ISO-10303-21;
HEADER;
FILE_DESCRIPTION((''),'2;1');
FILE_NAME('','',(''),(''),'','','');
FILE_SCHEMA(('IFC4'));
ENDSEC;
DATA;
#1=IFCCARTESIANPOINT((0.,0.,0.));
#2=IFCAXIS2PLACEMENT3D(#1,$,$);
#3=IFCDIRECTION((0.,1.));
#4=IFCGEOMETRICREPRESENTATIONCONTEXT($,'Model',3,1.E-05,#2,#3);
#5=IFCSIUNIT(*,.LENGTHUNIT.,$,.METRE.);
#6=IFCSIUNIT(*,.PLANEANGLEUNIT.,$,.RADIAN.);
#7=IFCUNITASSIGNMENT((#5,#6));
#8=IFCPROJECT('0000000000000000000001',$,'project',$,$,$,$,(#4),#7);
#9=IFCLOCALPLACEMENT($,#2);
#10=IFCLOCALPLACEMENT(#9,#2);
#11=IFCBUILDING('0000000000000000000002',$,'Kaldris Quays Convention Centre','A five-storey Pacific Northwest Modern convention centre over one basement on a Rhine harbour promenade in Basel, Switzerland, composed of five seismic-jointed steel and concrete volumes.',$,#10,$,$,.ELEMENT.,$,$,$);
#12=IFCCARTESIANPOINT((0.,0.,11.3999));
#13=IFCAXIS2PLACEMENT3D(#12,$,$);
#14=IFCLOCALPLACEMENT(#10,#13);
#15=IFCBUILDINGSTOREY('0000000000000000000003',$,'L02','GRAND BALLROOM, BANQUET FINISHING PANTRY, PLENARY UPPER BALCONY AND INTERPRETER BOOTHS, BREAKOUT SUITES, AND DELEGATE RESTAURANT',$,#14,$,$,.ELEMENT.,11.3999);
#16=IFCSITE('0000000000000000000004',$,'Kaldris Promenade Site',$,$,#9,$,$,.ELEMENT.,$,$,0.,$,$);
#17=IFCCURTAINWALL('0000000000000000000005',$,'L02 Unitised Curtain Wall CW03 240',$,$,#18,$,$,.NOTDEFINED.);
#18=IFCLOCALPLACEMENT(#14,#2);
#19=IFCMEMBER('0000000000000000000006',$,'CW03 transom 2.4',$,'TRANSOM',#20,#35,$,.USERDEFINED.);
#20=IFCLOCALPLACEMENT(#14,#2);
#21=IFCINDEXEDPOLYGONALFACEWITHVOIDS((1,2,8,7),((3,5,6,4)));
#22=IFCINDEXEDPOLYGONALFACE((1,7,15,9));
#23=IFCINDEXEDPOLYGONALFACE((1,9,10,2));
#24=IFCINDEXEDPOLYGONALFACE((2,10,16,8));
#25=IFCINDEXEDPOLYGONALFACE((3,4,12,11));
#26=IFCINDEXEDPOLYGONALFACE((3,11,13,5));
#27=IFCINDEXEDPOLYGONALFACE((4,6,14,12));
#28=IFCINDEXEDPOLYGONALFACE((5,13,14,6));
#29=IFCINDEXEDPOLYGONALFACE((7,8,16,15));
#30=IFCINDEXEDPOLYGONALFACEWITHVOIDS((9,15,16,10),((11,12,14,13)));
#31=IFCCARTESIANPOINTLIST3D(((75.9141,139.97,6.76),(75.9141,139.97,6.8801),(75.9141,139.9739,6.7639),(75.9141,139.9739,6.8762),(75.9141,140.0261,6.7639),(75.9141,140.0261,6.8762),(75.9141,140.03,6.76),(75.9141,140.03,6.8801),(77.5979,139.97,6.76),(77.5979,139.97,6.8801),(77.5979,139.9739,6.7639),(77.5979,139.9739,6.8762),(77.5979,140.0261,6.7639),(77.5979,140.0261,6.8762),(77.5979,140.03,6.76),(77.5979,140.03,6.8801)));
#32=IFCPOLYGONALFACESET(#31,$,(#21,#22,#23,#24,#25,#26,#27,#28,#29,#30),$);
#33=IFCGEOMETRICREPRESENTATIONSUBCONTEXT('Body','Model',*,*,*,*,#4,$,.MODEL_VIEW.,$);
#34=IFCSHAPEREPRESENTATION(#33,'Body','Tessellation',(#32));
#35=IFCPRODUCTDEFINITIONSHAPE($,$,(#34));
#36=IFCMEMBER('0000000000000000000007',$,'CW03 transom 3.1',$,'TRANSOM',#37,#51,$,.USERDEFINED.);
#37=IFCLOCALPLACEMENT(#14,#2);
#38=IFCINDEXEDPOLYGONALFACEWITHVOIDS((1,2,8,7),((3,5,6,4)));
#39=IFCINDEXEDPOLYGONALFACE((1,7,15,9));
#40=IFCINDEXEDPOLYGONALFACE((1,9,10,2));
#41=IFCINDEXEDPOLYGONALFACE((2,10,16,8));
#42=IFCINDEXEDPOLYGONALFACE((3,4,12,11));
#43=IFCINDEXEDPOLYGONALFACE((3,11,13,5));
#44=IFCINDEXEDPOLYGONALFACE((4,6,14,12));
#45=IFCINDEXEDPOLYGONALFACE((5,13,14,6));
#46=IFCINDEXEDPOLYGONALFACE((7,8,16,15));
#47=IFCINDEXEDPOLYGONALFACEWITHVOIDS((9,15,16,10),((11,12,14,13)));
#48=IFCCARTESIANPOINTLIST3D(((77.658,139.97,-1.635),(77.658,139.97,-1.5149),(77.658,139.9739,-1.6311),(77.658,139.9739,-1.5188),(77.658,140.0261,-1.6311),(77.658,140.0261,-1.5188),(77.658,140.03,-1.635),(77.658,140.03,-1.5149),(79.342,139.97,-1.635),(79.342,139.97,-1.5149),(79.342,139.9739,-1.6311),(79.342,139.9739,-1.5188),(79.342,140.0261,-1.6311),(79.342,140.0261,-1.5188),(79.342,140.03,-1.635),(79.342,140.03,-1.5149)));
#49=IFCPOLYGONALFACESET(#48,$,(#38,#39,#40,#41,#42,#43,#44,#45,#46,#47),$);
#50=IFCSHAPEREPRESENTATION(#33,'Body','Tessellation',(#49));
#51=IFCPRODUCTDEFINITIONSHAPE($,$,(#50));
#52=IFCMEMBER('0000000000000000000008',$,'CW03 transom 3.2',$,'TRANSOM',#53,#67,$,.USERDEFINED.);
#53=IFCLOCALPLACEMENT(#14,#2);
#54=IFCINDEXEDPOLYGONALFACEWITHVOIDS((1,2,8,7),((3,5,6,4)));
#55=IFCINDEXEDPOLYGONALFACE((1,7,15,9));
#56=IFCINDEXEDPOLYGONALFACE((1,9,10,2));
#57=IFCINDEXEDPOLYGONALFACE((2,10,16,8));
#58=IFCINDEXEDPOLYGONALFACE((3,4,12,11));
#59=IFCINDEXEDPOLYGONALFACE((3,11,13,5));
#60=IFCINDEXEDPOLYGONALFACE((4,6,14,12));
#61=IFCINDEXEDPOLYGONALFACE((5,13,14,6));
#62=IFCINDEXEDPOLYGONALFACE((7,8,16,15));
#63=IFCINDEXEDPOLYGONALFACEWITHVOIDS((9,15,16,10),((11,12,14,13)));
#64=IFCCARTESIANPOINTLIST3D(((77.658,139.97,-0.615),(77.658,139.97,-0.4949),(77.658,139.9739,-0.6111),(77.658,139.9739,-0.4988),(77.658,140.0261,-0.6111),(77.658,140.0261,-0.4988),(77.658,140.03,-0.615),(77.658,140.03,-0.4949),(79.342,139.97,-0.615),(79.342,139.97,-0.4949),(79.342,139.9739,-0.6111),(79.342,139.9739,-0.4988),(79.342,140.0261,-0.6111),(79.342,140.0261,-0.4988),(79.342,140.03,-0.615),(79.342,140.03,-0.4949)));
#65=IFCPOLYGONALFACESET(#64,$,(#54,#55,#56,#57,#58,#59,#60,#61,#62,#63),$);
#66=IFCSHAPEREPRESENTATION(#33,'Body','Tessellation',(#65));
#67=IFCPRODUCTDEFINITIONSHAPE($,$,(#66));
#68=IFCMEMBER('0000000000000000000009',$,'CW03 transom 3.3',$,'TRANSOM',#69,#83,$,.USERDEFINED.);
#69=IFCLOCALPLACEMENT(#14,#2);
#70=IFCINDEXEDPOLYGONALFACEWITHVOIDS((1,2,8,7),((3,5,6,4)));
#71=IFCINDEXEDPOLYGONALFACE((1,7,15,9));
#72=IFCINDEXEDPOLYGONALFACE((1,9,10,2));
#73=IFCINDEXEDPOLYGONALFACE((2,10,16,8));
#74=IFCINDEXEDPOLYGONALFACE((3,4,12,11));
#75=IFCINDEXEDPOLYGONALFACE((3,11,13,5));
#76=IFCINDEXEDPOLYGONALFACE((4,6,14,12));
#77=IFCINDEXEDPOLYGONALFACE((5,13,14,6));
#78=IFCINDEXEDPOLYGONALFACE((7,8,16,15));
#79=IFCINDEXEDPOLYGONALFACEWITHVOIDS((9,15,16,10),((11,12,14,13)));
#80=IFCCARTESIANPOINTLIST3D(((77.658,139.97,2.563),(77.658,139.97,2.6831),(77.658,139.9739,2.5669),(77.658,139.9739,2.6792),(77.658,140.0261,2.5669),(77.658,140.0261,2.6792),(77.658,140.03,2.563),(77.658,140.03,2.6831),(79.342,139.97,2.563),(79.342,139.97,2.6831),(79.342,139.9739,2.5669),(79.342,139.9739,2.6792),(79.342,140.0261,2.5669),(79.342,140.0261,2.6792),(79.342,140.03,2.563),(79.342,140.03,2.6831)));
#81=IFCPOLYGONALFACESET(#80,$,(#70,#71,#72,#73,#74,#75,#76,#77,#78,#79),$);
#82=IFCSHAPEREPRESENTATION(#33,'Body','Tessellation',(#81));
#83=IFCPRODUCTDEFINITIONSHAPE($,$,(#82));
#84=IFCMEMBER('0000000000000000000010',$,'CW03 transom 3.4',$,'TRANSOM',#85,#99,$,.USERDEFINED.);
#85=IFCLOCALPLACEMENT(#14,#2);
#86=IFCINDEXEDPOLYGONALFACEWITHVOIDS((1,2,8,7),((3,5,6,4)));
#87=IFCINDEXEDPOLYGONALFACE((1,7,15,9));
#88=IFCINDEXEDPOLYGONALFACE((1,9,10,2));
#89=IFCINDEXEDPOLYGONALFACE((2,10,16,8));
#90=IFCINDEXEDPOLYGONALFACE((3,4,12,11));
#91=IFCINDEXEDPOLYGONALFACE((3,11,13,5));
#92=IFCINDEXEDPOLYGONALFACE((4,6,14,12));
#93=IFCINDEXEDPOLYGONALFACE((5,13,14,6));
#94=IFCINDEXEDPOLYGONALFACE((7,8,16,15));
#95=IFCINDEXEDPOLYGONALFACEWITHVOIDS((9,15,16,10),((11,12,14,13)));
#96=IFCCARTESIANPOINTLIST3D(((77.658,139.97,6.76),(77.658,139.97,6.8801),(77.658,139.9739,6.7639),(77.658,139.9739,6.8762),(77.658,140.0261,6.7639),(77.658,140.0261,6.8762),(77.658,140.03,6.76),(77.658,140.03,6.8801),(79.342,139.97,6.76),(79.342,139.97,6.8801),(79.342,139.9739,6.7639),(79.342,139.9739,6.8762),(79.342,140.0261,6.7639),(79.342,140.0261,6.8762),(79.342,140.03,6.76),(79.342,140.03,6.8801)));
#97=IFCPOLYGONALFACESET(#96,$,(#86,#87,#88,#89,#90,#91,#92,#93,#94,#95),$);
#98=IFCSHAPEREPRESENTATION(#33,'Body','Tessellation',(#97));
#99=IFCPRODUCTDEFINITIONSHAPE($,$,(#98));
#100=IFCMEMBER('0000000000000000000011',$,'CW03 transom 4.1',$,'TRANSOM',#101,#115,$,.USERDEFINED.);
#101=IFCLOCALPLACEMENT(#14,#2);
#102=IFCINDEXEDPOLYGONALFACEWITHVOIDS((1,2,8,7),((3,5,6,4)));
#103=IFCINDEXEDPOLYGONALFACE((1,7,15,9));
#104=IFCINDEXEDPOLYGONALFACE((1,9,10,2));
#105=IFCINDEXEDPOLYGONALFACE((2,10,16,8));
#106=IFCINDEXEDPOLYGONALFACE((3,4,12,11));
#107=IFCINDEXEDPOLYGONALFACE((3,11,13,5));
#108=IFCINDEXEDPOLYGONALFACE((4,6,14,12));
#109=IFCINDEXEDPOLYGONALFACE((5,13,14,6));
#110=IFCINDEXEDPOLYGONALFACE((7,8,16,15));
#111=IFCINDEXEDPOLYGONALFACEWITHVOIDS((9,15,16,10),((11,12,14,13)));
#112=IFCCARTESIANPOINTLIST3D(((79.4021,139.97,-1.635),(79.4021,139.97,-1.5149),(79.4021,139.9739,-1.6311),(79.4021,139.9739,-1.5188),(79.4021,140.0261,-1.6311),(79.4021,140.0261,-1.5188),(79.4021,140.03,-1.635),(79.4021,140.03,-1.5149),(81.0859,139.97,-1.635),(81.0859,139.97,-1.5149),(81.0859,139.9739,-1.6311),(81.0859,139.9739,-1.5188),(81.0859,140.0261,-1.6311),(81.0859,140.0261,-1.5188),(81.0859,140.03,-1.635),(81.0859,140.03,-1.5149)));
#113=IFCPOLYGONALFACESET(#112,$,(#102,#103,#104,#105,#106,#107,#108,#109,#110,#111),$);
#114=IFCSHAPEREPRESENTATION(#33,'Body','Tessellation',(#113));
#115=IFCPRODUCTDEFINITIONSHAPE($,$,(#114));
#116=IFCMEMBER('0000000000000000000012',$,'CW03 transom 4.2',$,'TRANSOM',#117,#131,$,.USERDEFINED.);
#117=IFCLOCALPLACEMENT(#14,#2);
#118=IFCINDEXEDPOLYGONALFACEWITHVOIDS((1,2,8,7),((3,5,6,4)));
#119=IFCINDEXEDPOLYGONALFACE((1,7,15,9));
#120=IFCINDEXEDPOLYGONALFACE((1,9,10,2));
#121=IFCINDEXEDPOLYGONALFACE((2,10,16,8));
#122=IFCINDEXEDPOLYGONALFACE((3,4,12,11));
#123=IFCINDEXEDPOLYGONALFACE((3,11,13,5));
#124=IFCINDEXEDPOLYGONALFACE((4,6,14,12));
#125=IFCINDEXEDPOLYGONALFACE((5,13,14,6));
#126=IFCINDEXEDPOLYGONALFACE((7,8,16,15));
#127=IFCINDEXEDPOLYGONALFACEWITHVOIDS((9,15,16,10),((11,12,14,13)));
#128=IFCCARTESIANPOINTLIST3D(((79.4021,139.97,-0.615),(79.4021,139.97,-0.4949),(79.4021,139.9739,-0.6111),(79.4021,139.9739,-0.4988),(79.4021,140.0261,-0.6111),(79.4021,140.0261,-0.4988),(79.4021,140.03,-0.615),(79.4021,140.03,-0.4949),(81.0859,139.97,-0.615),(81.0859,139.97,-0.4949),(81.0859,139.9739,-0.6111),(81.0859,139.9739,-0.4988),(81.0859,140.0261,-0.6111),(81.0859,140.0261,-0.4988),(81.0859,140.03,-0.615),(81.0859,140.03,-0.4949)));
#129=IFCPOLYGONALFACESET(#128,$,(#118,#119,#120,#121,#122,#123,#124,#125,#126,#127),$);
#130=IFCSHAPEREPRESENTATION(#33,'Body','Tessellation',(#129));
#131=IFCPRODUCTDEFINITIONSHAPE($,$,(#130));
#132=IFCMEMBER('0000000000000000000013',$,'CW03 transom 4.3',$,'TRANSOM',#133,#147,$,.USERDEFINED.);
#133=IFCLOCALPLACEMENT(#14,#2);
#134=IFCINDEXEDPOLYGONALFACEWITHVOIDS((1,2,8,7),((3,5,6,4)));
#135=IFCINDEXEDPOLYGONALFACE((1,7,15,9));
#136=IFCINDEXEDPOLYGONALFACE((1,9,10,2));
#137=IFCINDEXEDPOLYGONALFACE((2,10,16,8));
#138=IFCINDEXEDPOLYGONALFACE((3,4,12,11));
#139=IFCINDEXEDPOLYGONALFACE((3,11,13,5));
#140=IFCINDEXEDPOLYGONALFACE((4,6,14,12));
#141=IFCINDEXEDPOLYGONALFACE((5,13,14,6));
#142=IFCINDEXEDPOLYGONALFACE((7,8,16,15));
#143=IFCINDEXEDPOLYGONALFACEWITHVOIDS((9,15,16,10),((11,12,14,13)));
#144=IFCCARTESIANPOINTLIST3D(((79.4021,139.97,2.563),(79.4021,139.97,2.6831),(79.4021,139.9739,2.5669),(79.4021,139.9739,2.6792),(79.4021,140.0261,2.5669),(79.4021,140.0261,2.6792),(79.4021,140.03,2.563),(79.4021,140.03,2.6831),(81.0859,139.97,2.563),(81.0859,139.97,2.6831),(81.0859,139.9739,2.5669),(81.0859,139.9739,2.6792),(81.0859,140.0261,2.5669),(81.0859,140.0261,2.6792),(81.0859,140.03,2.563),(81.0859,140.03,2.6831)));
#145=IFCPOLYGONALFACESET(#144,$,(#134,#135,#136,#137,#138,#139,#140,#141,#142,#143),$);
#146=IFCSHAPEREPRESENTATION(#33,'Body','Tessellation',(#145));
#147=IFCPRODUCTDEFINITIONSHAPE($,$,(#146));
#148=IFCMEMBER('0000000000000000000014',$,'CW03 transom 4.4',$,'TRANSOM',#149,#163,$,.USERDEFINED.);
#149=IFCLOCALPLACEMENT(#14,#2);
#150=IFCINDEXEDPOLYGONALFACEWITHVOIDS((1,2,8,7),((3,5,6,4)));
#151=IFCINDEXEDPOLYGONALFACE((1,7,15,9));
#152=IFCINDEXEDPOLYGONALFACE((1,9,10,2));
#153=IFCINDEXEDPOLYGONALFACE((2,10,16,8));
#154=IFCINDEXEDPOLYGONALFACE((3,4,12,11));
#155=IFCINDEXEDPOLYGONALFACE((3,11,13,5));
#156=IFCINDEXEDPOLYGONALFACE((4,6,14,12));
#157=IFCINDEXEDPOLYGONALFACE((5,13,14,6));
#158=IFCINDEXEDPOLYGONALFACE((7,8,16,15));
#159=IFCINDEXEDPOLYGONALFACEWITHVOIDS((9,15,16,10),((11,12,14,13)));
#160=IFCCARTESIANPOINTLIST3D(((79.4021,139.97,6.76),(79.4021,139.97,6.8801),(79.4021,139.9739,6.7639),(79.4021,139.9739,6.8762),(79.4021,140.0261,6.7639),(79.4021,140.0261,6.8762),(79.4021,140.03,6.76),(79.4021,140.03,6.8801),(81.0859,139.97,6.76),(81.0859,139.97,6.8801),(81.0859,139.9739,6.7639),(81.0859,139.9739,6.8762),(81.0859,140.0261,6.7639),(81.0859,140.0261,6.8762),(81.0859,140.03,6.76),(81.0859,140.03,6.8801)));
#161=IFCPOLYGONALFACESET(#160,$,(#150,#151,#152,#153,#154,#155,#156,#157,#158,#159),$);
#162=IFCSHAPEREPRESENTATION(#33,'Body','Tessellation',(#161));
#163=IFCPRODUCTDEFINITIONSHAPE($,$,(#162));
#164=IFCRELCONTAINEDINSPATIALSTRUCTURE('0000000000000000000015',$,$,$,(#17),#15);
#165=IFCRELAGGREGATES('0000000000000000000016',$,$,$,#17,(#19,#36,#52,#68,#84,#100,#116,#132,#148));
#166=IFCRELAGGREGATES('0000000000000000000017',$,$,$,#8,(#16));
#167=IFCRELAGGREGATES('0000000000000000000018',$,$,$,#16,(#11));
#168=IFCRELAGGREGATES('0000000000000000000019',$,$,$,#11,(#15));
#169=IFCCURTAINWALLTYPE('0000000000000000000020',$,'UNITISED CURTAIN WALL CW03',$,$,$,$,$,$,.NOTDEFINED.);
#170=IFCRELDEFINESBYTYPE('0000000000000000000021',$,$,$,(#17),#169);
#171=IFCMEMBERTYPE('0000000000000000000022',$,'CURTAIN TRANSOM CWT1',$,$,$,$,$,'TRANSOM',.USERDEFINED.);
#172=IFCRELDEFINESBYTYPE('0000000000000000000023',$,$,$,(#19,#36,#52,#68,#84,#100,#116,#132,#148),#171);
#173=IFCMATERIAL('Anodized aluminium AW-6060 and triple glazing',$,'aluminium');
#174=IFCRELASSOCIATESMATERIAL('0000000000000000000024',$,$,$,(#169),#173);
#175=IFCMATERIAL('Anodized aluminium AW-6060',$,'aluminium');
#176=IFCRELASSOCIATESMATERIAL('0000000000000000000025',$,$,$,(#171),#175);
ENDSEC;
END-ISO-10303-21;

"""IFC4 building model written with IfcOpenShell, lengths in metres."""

from ifc_helpers import new_model, si_unit, direction, frame, origin, origin_2d, place, context, subcontext, project, spatial, hollow_rectangle, extrude, material, material_profile, profile_set, type_object, element, aggregate, save


model = new_model("IFC4")

# Units and contexts
model_context = context("Model", 3, precision=1e-05, world=origin(), true_north=direction((0.0, 1.0)))
body_context = subcontext(model_context, "Body", "Model", "MODEL_VIEW")
ifc_project = project(units=[si_unit("LENGTHUNIT", "METRE"), si_unit("PLANEANGLEUNIT", "RADIAN")], contexts=[model_context])

# Site, building, storey
site_placement = place(None, origin())
site = spatial("IfcSite", under=ifc_project, at=site_placement, Name="Kaldris Promenade Site", CompositionType="ELEMENT", RefElevation=0.0)
building_placement = place(site_placement, origin())
building = spatial("IfcBuilding", under=site, at=building_placement, Name="Kaldris Quays Convention Centre", Description="A five-storey Pacific Northwest Modern convention centre over one basement on a Rhine harbour promenade in Basel, Switzerland, composed of five seismic-jointed steel and concrete volumes.", CompositionType="ELEMENT")
storey_placement = place(building_placement, frame((0.0, 0.0, 11.3999)))
storey = spatial("IfcBuildingStorey", under=building, at=storey_placement, Name="L02", Description="GRAND BALLROOM, BANQUET FINISHING PANTRY, PLENARY UPPER BALCONY AND INTERPRETER BOOTHS, BREAKOUT SUITES, AND DELEGATE RESTAURANT", CompositionType="ELEMENT", Elevation=11.3999)

# Curtain wall, members
ifc_material_1 = material(Name="Anodized aluminium AW-6060 and triple glazing", Category="aluminium")
curtain_wall_type = type_object("IfcCurtainWallType", Name="UNITISED CURTAIN WALL CW03", PredefinedType="NOTDEFINED", material=ifc_material_1)
curtain_wall_placement = place(storey_placement, origin())
curtain_wall = element("IfcCurtainWall", 1, at=curtain_wall_placement, inside=storey, type_object=curtain_wall_type, Name="L02 Unitised Curtain Wall CW03 240", PredefinedType="NOTDEFINED")
ifc_material_2 = material(Name="Anodized aluminium AW-6060", Category="aluminium")
ifc_material_profile_1 = material_profile(ifc_material_2, hollow_rectangle(XDim=0.0601, YDim=0.1201, WallThickness=0.0039, at=origin_2d()), Name="RHS 120x60x4")
ifc_profile_set_1 = profile_set([ifc_material_profile_1], Name="Anodized aluminium AW-6060")
member_type_1 = type_object("IfcMemberType", Name="CURTAIN TRANSOM CWT1", ElementType="TRANSOM", PredefinedType="USERDEFINED", material=ifc_profile_set_1)
member_1_placement = place(storey_placement, frame((75.9141, 140.0, 6.8201), z_axis=(1.0, 0.0, 0.0), x_axis=(0.0, 1.0, 0.0)))
member_1 = element("IfcMember", 2, at=member_1_placement, type_object=member_type_1, Name="CW03 transom 2.4", ObjectType="TRANSOM", PredefinedType="USERDEFINED", context=body_context, shape_type="SweptSolid", body=[
    extrude(hollow_rectangle(XDim=0.0601, YDim=0.1201, WallThickness=0.0039, at=origin_2d()), origin(), (0.0, 0.0, 1.0), 1.6838),
])
member_2_placement = place(storey_placement, frame((77.658, 140.0, -1.575), z_axis=(1.0, 0.0, 0.0), x_axis=(0.0, 1.0, 0.0)))
member_2 = element("IfcMember", 3, at=member_2_placement, type_object=member_type_1, Name="CW03 transom 3.1", ObjectType="TRANSOM", PredefinedType="USERDEFINED", context=body_context, shape_type="SweptSolid", body=[
    extrude(hollow_rectangle(XDim=0.0601, YDim=0.1201, WallThickness=0.0039, at=origin_2d()), origin(), (0.0, 0.0, 1.0), 1.6841),
])
member_3_placement = place(storey_placement, frame((77.658, 140.0, -0.5549), z_axis=(1.0, 0.0, 0.0), x_axis=(0.0, 1.0, 0.0)))
member_3 = element("IfcMember", 4, at=member_3_placement, type_object=member_type_1, Name="CW03 transom 3.2", ObjectType="TRANSOM", PredefinedType="USERDEFINED", context=body_context, shape_type="SweptSolid", body=[
    extrude(hollow_rectangle(XDim=0.0601, YDim=0.1201, WallThickness=0.0039, at=origin_2d()), origin(), (0.0, 0.0, 1.0), 1.6841),
])
member_4_placement = place(storey_placement, frame((77.658, 140.0, 2.623), z_axis=(1.0, 0.0, 0.0), x_axis=(0.0, 1.0, 0.0)))
member_4 = element("IfcMember", 5, at=member_4_placement, type_object=member_type_1, Name="CW03 transom 3.3", ObjectType="TRANSOM", PredefinedType="USERDEFINED", context=body_context, shape_type="SweptSolid", body=[
    extrude(hollow_rectangle(XDim=0.0601, YDim=0.1201, WallThickness=0.0039, at=origin_2d()), origin(), (0.0, 0.0, 1.0), 1.6841),
])
member_5_placement = place(storey_placement, frame((77.658, 140.0, 6.8201), z_axis=(1.0, 0.0, 0.0), x_axis=(0.0, 1.0, 0.0)))
member_5 = element("IfcMember", 6, at=member_5_placement, type_object=member_type_1, Name="CW03 transom 3.4", ObjectType="TRANSOM", PredefinedType="USERDEFINED", context=body_context, shape_type="SweptSolid", body=[
    extrude(hollow_rectangle(XDim=0.0601, YDim=0.1201, WallThickness=0.0039, at=origin_2d()), origin(), (0.0, 0.0, 1.0), 1.6841),
])
member_6_placement = place(storey_placement, frame((79.4021, 140.0, -1.575), z_axis=(1.0, 0.0, 0.0), x_axis=(0.0, 1.0, 0.0)))
member_6 = element("IfcMember", 7, at=member_6_placement, type_object=member_type_1, Name="CW03 transom 4.1", ObjectType="TRANSOM", PredefinedType="USERDEFINED", context=body_context, shape_type="SweptSolid", body=[
    extrude(hollow_rectangle(XDim=0.0601, YDim=0.1201, WallThickness=0.0039, at=origin_2d()), origin(), (0.0, 0.0, 1.0), 1.6838),
])
member_7_placement = place(storey_placement, frame((79.4021, 140.0, -0.5549), z_axis=(1.0, 0.0, 0.0), x_axis=(0.0, 1.0, 0.0)))
member_7 = element("IfcMember", 8, at=member_7_placement, type_object=member_type_1, Name="CW03 transom 4.2", ObjectType="TRANSOM", PredefinedType="USERDEFINED", context=body_context, shape_type="SweptSolid", body=[
    extrude(hollow_rectangle(XDim=0.0601, YDim=0.1201, WallThickness=0.0039, at=origin_2d()), origin(), (0.0, 0.0, 1.0), 1.6838),
])
member_8_placement = place(storey_placement, frame((79.4021, 140.0, 2.623), z_axis=(1.0, 0.0, 0.0), x_axis=(0.0, 1.0, 0.0)))
member_8 = element("IfcMember", 9, at=member_8_placement, type_object=member_type_1, Name="CW03 transom 4.3", ObjectType="TRANSOM", PredefinedType="USERDEFINED", context=body_context, shape_type="SweptSolid", body=[
    extrude(hollow_rectangle(XDim=0.0601, YDim=0.1201, WallThickness=0.0039, at=origin_2d()), origin(), (0.0, 0.0, 1.0), 1.6838),
])
member_9_placement = place(storey_placement, frame((79.4021, 140.0, 6.8201), z_axis=(1.0, 0.0, 0.0), x_axis=(0.0, 1.0, 0.0)))
member_9 = element("IfcMember", 10, at=member_9_placement, type_object=member_type_1, Name="CW03 transom 4.4", ObjectType="TRANSOM", PredefinedType="USERDEFINED", context=body_context, shape_type="SweptSolid", body=[
    extrude(hollow_rectangle(XDim=0.0601, YDim=0.1201, WallThickness=0.0039, at=origin_2d()), origin(), (0.0, 0.0, 1.0), 1.6838),
])

aggregate(curtain_wall, [member_1, member_2, member_3, member_4, member_5, member_6, member_7, member_8, member_9])

save(model, "model.ifc")
